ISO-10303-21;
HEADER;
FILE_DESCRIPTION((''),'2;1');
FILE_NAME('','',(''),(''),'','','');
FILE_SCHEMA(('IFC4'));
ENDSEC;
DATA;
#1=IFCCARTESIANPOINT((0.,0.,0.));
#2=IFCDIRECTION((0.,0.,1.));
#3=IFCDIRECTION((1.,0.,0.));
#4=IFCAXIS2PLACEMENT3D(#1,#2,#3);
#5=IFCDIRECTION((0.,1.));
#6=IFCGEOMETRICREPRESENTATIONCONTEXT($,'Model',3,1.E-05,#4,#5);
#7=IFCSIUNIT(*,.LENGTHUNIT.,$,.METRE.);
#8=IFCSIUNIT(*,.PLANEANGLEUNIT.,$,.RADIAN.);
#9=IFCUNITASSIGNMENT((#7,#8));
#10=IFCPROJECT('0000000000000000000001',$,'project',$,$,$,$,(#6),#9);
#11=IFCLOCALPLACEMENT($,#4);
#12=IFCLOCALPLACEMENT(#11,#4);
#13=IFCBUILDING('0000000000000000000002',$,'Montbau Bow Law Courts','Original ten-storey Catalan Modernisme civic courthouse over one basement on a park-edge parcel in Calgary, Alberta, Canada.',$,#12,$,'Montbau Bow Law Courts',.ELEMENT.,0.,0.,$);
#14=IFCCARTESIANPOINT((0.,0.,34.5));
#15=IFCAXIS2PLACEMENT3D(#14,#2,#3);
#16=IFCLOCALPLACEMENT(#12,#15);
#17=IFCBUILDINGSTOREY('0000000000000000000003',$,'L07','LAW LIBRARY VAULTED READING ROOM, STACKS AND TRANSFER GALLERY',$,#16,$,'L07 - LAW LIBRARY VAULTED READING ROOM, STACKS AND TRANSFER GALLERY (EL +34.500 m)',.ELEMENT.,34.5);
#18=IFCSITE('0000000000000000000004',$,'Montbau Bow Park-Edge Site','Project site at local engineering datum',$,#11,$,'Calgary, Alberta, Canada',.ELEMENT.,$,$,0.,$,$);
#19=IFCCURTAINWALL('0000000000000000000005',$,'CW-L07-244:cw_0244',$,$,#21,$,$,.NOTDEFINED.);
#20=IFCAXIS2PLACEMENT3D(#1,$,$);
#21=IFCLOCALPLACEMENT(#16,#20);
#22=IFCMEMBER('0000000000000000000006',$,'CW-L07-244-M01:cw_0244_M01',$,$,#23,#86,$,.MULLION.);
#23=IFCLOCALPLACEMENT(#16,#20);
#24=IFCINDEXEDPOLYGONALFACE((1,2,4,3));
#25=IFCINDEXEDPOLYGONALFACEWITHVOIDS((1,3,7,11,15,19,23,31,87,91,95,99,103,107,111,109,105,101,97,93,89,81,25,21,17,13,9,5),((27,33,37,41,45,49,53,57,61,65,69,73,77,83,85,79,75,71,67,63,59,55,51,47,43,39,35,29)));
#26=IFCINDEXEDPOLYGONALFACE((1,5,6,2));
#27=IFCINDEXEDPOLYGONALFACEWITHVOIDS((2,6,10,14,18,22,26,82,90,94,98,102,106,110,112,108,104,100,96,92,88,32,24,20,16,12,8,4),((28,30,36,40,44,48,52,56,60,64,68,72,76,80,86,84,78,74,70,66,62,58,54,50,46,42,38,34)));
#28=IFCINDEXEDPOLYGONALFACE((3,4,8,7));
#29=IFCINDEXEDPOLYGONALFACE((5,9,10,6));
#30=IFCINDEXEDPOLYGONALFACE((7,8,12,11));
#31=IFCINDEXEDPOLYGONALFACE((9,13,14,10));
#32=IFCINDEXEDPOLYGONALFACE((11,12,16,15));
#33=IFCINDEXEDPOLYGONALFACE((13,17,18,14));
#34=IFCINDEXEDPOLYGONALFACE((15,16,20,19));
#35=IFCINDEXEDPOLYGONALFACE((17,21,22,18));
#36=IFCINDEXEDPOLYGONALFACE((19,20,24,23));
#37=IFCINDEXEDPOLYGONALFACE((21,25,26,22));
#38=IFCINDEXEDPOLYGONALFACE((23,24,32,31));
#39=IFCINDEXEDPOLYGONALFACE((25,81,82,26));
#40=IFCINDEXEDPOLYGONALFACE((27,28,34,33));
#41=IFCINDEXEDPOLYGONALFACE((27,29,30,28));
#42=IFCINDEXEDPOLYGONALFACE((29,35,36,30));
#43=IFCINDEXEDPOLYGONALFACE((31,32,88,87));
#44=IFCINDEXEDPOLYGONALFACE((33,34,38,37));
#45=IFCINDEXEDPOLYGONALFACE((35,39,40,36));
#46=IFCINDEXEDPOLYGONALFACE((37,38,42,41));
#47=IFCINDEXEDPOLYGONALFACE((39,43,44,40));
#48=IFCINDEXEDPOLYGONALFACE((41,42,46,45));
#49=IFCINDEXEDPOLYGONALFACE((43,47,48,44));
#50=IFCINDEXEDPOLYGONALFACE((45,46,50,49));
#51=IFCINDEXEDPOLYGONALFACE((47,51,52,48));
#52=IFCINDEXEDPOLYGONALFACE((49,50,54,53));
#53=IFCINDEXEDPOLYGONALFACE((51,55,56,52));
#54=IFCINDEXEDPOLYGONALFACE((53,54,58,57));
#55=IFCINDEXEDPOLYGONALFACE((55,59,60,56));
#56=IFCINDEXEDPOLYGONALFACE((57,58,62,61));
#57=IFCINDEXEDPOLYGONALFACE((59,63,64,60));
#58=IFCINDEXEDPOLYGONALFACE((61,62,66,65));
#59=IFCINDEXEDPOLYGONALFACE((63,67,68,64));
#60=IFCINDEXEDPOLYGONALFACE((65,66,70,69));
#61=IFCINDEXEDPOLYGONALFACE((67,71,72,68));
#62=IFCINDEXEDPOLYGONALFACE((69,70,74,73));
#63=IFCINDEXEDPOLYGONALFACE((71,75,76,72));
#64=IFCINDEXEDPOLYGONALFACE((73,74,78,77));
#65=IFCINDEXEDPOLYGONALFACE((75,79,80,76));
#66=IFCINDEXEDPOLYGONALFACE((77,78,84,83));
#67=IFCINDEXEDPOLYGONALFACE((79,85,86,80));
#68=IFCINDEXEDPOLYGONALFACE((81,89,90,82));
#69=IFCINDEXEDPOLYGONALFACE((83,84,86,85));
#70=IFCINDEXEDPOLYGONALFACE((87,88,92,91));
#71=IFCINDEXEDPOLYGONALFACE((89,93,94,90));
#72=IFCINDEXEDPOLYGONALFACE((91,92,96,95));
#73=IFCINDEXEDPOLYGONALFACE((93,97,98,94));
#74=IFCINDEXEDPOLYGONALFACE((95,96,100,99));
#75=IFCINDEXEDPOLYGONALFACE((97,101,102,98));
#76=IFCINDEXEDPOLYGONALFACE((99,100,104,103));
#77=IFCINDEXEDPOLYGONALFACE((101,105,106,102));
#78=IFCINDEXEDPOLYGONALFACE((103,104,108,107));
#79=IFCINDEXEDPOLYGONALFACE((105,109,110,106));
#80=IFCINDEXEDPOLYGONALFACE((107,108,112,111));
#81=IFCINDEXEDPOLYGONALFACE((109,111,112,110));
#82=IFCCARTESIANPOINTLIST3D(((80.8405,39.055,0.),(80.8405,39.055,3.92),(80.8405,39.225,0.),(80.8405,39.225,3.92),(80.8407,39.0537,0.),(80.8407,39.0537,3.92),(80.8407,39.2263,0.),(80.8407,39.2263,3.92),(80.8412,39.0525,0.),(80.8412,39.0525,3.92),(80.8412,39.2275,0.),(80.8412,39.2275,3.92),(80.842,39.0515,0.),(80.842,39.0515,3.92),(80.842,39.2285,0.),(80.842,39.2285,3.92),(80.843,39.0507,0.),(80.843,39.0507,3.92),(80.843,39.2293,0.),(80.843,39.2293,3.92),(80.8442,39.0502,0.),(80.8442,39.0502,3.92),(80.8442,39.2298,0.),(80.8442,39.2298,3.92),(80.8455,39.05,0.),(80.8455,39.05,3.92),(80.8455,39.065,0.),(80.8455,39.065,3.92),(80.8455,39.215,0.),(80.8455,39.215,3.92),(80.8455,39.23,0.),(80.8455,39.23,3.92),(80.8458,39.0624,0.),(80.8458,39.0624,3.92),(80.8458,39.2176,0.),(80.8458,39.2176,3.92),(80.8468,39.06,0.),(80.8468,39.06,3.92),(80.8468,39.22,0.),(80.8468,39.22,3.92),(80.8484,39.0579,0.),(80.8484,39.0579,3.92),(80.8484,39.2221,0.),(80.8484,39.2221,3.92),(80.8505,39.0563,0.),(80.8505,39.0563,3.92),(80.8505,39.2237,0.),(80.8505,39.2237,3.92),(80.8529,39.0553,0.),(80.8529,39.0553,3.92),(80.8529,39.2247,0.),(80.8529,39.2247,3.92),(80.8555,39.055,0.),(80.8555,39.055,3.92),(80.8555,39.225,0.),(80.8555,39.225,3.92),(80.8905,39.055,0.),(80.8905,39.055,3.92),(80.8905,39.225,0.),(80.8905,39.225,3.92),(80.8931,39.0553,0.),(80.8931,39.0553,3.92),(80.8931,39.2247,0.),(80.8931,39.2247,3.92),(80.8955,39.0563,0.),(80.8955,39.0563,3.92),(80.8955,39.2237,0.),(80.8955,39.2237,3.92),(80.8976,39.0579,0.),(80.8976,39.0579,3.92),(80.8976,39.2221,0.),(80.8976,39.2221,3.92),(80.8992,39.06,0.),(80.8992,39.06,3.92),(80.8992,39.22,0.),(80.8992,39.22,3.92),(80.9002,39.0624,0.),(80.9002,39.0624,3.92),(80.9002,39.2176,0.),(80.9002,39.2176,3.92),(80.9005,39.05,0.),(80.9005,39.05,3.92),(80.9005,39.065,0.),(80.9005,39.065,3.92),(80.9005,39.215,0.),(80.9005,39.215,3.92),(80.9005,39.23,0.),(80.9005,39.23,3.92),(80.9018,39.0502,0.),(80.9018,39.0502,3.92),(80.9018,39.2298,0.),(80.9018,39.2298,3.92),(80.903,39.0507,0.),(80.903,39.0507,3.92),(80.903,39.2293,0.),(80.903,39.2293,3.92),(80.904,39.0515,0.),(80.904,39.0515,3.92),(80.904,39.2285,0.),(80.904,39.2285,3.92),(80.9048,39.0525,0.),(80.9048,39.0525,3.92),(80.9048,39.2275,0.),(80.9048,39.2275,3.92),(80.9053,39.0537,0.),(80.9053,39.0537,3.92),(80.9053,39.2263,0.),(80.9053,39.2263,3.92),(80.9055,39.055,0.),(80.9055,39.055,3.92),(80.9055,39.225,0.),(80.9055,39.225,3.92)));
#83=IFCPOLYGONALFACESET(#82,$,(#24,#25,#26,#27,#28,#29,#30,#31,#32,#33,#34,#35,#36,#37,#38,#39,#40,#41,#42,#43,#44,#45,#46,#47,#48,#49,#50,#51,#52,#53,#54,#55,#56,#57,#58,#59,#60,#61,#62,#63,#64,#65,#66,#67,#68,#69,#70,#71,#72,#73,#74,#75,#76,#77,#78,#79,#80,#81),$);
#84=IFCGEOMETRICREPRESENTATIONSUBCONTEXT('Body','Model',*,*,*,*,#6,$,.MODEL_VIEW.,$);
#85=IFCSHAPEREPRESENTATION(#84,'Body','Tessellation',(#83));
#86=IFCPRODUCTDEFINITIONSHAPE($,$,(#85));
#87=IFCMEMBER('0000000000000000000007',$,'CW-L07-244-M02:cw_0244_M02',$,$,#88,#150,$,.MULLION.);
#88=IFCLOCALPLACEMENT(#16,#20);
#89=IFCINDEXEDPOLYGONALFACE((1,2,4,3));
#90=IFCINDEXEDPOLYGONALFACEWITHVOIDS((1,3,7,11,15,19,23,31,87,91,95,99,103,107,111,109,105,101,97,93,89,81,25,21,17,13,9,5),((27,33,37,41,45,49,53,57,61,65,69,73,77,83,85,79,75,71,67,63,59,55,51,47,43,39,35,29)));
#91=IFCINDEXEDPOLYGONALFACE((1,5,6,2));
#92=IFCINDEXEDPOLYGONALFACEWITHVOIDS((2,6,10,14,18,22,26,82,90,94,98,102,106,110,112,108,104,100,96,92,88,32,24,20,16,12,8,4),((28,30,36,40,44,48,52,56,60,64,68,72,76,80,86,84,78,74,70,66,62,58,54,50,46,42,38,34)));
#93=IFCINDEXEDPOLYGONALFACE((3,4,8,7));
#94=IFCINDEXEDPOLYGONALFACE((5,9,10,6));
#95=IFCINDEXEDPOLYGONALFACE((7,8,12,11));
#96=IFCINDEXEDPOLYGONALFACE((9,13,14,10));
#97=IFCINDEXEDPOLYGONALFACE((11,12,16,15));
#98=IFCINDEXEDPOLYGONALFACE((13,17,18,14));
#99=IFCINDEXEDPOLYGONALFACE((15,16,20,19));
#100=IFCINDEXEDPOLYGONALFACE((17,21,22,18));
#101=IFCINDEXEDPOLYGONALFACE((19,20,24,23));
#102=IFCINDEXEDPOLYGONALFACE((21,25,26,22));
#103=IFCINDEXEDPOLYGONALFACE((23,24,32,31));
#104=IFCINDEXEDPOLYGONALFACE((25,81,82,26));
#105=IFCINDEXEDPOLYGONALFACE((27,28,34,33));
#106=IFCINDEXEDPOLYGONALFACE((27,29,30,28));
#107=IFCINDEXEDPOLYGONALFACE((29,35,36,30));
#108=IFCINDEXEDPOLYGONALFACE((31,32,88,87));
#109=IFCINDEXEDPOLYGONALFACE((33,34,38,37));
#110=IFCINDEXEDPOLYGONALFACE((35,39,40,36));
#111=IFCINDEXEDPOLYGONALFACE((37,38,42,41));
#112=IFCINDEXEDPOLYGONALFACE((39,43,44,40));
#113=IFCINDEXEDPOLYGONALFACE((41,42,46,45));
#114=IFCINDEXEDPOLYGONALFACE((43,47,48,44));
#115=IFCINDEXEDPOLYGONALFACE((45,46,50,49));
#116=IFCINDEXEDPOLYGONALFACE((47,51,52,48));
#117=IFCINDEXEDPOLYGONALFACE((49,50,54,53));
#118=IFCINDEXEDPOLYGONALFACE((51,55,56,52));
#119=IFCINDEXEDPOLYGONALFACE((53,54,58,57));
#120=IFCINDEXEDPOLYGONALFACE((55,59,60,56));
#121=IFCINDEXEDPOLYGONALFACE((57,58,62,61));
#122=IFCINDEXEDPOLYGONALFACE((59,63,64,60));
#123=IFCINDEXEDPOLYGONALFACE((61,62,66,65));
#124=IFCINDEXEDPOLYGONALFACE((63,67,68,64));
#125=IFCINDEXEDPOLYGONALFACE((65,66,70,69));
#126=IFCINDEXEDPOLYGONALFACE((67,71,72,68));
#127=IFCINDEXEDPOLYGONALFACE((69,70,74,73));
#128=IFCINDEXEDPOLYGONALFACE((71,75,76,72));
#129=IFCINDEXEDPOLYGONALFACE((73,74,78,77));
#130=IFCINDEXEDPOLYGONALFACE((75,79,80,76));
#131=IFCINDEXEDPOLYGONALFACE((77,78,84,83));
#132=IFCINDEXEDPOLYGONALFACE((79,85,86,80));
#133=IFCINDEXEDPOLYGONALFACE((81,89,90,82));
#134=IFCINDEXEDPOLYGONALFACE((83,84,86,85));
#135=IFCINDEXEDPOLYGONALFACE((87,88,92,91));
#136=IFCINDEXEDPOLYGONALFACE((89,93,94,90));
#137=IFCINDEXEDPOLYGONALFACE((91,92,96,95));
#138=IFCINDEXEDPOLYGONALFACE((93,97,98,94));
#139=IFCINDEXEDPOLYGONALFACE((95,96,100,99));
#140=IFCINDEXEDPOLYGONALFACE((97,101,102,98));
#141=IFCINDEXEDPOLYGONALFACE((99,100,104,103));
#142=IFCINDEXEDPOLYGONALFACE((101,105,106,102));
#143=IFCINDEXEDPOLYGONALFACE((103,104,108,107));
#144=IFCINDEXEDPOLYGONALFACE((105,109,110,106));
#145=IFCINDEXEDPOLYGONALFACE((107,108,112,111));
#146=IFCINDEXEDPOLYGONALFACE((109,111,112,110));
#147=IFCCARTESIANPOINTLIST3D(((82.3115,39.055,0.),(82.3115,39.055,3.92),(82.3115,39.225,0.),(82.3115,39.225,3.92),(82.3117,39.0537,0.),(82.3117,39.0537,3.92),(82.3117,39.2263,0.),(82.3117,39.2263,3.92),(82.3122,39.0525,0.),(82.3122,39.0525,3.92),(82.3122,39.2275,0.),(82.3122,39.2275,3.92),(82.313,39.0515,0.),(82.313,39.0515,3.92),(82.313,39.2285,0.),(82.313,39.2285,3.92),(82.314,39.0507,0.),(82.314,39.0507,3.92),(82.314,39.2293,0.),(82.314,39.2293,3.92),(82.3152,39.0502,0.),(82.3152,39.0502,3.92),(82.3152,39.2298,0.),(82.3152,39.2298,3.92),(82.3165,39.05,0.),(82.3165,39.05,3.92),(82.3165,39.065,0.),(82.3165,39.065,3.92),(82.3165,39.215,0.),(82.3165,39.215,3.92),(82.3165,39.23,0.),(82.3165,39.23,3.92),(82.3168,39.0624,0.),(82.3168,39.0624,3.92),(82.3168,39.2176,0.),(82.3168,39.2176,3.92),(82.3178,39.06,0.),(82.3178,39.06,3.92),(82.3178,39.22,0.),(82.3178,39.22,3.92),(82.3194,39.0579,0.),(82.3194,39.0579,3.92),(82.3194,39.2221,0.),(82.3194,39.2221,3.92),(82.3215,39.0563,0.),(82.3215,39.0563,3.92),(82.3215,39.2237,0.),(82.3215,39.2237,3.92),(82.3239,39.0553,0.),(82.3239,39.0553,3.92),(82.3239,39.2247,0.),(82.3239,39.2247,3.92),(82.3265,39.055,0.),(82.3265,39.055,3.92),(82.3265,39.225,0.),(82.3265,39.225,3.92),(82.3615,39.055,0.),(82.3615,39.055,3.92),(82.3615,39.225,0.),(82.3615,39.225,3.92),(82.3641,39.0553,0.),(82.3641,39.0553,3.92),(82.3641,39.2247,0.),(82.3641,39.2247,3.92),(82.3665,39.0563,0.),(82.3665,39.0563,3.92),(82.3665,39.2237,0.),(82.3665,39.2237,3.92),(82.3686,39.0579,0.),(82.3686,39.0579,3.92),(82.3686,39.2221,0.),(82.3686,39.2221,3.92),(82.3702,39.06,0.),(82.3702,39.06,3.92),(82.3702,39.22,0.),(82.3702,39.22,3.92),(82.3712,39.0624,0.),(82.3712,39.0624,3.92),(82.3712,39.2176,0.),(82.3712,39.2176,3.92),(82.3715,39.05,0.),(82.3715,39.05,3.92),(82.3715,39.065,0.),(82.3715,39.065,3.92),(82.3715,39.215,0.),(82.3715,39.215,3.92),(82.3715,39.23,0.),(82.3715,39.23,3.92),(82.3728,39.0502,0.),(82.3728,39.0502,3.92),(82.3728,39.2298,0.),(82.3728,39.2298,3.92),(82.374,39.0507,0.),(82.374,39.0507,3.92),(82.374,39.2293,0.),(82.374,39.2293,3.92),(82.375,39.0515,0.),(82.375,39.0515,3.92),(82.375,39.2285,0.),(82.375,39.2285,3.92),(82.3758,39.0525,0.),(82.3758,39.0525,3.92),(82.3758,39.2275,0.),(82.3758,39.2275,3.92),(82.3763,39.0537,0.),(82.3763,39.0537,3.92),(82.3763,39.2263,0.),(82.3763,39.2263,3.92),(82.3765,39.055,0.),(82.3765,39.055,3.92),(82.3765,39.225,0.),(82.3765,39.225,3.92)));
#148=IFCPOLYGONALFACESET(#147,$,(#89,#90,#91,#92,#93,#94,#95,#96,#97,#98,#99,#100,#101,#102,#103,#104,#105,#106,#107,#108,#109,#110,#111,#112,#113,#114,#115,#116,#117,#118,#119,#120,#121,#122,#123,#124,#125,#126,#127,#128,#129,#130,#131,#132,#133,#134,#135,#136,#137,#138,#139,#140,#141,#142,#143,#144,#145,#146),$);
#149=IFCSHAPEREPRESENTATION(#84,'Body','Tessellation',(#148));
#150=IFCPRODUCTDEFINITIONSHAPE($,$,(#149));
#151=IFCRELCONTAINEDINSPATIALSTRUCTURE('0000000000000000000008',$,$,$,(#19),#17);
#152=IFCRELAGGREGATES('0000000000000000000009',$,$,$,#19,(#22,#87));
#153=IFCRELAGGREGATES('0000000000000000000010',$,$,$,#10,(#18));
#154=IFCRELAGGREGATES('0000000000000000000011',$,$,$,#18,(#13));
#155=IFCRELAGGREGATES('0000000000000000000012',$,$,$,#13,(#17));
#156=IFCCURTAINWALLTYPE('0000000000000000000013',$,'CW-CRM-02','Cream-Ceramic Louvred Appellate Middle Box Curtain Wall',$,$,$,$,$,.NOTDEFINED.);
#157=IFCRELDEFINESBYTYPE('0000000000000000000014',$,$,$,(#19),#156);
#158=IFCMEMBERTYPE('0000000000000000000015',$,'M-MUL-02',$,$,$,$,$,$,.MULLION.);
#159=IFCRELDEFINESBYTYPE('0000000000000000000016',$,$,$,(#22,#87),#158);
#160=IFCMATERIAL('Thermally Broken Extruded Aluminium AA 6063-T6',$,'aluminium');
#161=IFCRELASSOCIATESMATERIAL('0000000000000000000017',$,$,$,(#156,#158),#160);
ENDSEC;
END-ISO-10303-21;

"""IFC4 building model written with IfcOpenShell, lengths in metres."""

from ifc_helpers import new_model, si_unit, direction, frame, origin_with_axes, origin_2d_with_axis, place, context, subcontext, project, spatial, hollow_rectangle, extrude, material, material_profile, profile_set, type_object, element, aggregate, save


model = new_model("IFC4")

# Units and contexts
model_context = context("Model", 3, precision=1e-05, world=origin_with_axes(), true_north=direction((0.0, 1.0)))
body_context = subcontext(model_context, "Body", "Model", "MODEL_VIEW")
ifc_project = project(units=[si_unit("LENGTHUNIT", "METRE"), si_unit("PLANEANGLEUNIT", "RADIAN")], contexts=[model_context])

# Site, building, storey
site_placement = place(None, origin_with_axes())
site = spatial("IfcSite", under=ifc_project, at=site_placement, Name="Montbau Bow Park-Edge Site", Description="Project site at local engineering datum", LongName="Calgary, Alberta, Canada", CompositionType="ELEMENT", RefElevation=0.0)
building_placement = place(site_placement, origin_with_axes())
building = spatial("IfcBuilding", under=site, at=building_placement, Name="Montbau Bow Law Courts", Description="Original ten-storey Catalan Modernisme civic courthouse over one basement on a park-edge parcel in Calgary, Alberta, Canada.", LongName="Montbau Bow Law Courts", CompositionType="ELEMENT", ElevationOfRefHeight=0.0, ElevationOfTerrain=0.0)
storey_placement = place(building_placement, frame((0.0, 0.0, 34.5), z_axis=(0.0, 0.0, 1.0), x_axis=(1.0, 0.0, 0.0)))
storey = spatial("IfcBuildingStorey", under=building, at=storey_placement, Name="L07", Description="LAW LIBRARY VAULTED READING ROOM, STACKS AND TRANSFER GALLERY", LongName="L07 - LAW LIBRARY VAULTED READING ROOM, STACKS AND TRANSFER GALLERY (EL +34.500 m)", CompositionType="ELEMENT", Elevation=34.5)

# Shared definitions
ifc_material_1 = material(Name="Thermally Broken Extruded Aluminium AA 6063-T6", Category="aluminium")
curtain_wall_type = type_object("IfcCurtainWallType", Name="CW-CRM-02", Description="Cream-Ceramic Louvred Appellate Middle Box Curtain Wall", PredefinedType="NOTDEFINED", material=ifc_material_1)

# Curtain wall, members
curtain_wall_1_placement = place(None, frame((80.84, 39.14, 34.5), z_axis=(0.0, 0.0, 1.0), x_axis=(1.0, 0.0, 0.0)))
curtain_wall_1 = element("IfcCurtainWall", 1, at=curtain_wall_1_placement, inside=storey, type_object=curtain_wall_type, Name="CW-L07-244:cw_0244", PredefinedType="NOTDEFINED")
ifc_material_profile_1 = material_profile(ifc_material_1, hollow_rectangle(XDim=0.065, YDim=0.18, WallThickness=0.005, InnerFilletRadius=0.01, OuterFilletRadius=0.005, at=origin_2d_with_axis()), Name="CWM-180X65", Category="Main", Priority=0)
ifc_profile_set_1 = profile_set([ifc_material_profile_1], Name="Thermally Broken Extruded Aluminium AA 6063-T6")
member_type_1 = type_object("IfcMemberType", Name="M-MUL-02", PredefinedType="MULLION", material=ifc_profile_set_1)
member_1_placement = place(None, frame((80.873, 39.14, 34.5), z_axis=(0.0, 0.0, 1.0), x_axis=(1.0, 0.0, 0.0)))
member_1 = element("IfcMember", 2, at=member_1_placement, type_object=member_type_1, Name="CW-L07-244-M01:cw_0244_M01", PredefinedType="MULLION", context=body_context, shape_type="SweptSolid", body=[
    extrude(hollow_rectangle(XDim=0.065, YDim=0.18, WallThickness=0.005, InnerFilletRadius=0.01, OuterFilletRadius=0.005, at=origin_2d_with_axis()), origin_with_axes(), (0.0, 0.0, 1.0), 3.92),
])
member_2_placement = place(None, frame((82.344, 39.14, 34.5), z_axis=(0.0, 0.0, 1.0), x_axis=(1.0, 0.0, 0.0)))
member_2 = element("IfcMember", 3, at=member_2_placement, type_object=member_type_1, Name="CW-L07-244-M02:cw_0244_M02", PredefinedType="MULLION", context=body_context, shape_type="SweptSolid", body=[
    extrude(hollow_rectangle(XDim=0.065, YDim=0.18, WallThickness=0.005, InnerFilletRadius=0.01, OuterFilletRadius=0.005, at=origin_2d_with_axis()), origin_with_axes(), (0.0, 0.0, 1.0), 3.92),
])
aggregate(curtain_wall_1, [member_1, member_2])

save(model, "model.ifc")
